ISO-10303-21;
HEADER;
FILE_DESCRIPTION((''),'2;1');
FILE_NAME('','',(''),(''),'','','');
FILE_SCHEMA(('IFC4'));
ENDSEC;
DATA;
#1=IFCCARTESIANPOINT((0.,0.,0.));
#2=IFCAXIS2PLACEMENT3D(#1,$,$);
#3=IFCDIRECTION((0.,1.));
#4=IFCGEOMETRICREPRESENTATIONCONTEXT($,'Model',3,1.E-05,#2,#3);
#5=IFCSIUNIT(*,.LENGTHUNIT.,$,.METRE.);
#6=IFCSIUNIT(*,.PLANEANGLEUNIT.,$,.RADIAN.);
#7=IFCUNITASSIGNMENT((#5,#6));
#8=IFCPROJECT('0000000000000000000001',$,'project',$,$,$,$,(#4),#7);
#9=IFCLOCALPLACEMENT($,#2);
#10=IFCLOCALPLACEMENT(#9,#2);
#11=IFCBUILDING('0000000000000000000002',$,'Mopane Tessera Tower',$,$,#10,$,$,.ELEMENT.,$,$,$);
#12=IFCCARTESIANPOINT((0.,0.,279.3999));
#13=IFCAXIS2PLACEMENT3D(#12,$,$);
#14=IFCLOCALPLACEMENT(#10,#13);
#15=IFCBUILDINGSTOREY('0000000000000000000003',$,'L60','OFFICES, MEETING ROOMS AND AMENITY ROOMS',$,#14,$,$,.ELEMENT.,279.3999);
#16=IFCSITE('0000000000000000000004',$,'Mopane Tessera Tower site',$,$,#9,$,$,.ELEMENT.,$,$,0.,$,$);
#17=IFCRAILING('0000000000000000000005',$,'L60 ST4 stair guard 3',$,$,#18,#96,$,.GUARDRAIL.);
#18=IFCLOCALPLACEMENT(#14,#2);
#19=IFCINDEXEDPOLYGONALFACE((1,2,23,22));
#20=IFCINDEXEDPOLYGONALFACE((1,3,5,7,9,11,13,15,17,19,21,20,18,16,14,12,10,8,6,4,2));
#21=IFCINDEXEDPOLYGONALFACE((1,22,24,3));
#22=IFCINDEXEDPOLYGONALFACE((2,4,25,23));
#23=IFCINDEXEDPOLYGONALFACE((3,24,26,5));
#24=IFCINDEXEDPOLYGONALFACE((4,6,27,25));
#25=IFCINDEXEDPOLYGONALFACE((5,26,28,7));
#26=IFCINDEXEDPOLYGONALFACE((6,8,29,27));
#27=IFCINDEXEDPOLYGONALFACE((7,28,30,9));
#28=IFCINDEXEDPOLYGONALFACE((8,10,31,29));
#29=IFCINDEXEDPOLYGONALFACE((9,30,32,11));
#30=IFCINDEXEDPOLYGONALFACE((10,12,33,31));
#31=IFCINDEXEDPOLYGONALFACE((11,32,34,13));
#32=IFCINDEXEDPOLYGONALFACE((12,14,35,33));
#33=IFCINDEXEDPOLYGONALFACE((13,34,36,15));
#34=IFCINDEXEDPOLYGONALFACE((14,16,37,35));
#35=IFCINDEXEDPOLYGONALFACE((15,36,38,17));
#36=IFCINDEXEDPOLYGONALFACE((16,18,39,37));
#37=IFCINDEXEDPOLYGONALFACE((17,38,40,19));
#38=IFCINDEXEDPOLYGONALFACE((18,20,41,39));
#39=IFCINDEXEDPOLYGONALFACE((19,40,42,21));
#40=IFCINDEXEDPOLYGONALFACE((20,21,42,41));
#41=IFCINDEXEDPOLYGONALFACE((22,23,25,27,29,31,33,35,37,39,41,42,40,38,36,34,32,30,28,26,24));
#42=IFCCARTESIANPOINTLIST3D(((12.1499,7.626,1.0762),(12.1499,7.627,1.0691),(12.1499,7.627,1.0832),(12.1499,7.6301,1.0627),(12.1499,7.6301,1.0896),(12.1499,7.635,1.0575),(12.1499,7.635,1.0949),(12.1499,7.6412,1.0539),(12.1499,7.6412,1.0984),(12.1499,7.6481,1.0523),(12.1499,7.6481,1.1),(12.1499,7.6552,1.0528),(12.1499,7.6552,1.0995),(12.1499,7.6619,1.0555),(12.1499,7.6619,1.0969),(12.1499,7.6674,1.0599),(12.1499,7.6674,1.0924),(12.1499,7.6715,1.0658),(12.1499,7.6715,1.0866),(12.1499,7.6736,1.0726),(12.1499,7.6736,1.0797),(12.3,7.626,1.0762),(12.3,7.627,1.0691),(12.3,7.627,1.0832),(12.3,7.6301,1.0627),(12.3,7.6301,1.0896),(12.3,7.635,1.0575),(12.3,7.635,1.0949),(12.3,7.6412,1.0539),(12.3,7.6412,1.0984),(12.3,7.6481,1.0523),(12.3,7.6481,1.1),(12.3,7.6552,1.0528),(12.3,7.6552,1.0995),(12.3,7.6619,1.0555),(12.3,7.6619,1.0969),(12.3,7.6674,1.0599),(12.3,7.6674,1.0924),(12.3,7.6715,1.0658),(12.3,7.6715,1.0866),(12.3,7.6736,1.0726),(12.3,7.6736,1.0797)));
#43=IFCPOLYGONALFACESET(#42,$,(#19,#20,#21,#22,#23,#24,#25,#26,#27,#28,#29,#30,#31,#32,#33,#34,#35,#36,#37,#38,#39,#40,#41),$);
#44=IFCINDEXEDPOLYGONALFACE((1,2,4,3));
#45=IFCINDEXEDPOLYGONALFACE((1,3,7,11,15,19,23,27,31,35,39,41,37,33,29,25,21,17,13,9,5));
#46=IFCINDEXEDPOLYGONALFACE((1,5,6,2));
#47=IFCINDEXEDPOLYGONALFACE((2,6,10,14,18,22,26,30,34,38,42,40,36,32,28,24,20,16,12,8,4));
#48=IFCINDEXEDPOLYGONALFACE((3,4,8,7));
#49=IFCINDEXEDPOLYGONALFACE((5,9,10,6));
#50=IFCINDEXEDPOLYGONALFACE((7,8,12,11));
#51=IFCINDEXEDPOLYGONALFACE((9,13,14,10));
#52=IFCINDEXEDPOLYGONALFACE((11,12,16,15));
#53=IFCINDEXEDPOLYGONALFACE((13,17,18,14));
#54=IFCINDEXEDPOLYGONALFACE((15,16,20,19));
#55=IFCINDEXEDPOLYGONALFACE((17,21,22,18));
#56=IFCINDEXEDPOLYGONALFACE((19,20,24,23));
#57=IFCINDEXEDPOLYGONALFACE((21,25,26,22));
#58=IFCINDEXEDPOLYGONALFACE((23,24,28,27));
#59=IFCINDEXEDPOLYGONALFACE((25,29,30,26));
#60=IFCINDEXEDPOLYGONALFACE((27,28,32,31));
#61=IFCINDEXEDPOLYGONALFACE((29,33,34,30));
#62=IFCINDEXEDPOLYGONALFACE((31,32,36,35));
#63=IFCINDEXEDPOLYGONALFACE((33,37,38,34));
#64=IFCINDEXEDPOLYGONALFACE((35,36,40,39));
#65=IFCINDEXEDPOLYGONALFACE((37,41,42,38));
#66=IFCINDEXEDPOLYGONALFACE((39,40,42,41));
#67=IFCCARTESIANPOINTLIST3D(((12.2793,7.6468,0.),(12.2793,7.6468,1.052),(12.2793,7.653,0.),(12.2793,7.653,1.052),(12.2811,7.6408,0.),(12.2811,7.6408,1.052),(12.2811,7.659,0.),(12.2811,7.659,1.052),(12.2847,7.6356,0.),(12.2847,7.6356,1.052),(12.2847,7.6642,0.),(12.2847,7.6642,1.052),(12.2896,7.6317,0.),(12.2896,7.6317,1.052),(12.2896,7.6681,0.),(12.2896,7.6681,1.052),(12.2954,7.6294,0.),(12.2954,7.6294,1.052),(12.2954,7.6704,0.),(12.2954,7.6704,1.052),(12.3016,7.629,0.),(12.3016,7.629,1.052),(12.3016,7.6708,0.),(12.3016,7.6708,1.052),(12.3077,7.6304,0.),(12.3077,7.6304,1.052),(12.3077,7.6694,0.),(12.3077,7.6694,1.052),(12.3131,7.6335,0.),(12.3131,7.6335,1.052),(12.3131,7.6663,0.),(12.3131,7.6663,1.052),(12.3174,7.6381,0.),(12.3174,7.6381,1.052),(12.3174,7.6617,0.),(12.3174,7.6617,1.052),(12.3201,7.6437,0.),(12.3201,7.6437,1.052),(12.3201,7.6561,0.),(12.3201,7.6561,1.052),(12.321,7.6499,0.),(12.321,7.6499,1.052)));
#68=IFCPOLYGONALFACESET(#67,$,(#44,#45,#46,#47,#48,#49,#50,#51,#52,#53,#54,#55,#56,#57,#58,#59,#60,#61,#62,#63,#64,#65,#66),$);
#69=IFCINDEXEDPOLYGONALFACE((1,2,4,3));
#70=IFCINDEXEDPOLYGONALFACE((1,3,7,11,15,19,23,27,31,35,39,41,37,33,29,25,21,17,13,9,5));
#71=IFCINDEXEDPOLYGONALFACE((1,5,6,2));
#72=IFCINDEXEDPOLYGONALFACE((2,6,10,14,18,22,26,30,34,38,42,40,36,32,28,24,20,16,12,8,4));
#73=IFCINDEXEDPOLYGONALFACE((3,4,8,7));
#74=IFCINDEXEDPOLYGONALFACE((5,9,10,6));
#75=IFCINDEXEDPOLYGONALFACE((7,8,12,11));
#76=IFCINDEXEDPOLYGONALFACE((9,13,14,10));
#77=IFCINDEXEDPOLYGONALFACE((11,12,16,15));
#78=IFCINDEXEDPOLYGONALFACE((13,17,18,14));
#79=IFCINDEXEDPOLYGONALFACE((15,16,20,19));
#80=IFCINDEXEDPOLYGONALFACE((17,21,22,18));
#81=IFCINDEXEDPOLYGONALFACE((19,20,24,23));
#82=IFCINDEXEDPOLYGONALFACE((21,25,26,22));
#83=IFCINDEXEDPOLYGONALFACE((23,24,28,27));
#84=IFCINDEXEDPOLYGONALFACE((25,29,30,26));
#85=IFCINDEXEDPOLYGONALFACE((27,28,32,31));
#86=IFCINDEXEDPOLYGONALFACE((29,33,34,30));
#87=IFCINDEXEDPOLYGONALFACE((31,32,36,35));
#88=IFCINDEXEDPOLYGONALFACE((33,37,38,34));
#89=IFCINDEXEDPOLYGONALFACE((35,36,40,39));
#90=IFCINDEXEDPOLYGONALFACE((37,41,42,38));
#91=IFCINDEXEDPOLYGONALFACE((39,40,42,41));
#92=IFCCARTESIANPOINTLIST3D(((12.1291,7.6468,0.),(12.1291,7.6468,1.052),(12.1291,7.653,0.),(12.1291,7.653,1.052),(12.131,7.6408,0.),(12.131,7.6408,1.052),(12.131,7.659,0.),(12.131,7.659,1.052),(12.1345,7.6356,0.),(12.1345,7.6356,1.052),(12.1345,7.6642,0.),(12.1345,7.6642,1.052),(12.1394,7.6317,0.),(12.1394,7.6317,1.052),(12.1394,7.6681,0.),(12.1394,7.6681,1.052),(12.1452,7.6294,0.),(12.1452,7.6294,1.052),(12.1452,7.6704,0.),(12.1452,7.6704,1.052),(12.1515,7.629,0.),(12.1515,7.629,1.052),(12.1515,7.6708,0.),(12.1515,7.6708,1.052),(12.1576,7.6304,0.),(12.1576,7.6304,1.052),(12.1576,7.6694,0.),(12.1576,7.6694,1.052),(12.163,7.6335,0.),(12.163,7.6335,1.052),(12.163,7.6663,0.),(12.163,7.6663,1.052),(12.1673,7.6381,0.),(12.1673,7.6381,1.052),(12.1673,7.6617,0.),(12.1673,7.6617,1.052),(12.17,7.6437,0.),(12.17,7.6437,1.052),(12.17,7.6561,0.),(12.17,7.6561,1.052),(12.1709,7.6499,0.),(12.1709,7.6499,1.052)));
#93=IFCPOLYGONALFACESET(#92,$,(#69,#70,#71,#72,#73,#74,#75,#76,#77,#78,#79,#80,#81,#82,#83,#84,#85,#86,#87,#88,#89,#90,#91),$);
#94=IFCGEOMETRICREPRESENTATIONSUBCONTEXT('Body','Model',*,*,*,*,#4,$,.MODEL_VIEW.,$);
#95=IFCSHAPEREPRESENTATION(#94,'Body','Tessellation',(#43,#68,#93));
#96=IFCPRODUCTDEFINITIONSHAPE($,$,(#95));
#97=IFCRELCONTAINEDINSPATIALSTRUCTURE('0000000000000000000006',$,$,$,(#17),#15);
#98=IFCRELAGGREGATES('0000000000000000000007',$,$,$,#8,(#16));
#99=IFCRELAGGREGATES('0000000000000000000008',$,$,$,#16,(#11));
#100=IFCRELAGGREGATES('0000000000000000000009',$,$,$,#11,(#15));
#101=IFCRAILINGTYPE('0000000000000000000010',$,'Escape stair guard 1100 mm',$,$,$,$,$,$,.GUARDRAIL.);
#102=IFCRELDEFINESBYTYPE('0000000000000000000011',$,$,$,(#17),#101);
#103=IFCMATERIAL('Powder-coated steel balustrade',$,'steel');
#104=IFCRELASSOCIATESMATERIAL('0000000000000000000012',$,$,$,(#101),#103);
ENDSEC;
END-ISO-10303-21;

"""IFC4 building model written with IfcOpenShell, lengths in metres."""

from ifc_helpers import new_model, si_unit, direction, frame, origin, origin_2d, place, context, subcontext, project, spatial, circle, extrude, material, type_object, element, save


model = new_model("IFC4")

# Units and contexts
model_context = context("Model", 3, precision=1e-05, world=origin(), true_north=direction((0.0, 1.0)))
body_context = subcontext(model_context, "Body", "Model", "MODEL_VIEW")
ifc_project = project(units=[si_unit("LENGTHUNIT", "METRE"), si_unit("PLANEANGLEUNIT", "RADIAN")], contexts=[model_context])

# Site, building, storey
site_placement = place(None, origin())
site = spatial("IfcSite", under=ifc_project, at=site_placement, Name="Mopane Tessera Tower site", CompositionType="ELEMENT", RefElevation=0.0)
building_placement = place(site_placement, origin())
building = spatial("IfcBuilding", under=site, at=building_placement, Name="Mopane Tessera Tower", CompositionType="ELEMENT")
storey_placement = place(building_placement, frame((0.0, 0.0, 279.3999)))
storey = spatial("IfcBuildingStorey", under=building, at=storey_placement, Name="L60", Description="OFFICES, MEETING ROOMS AND AMENITY ROOMS", CompositionType="ELEMENT", Elevation=279.3999)

# Railing
ifc_material_1 = material(Name="Powder-coated steel balustrade", Category="steel")
railing_type_1 = type_object("IfcRailingType", Name="Escape stair guard 1100 mm", PredefinedType="GUARDRAIL", material=ifc_material_1)
railing_1_placement = place(storey_placement, frame((12.3, 7.6499, 0.0)))
element("IfcRailing", 1, at=railing_1_placement, inside=storey, type_object=railing_type_1, Name="L60 ST4 stair guard 3", PredefinedType="GUARDRAIL", context=body_context, shape_type="SweptSolid", body=[
    extrude(circle(Radius=0.0239, at=origin_2d()), frame((0.0, 0.0, 1.0762), z_axis=(-1.0, 0.0, 0.0), x_axis=(0.0, -1.0, 0.0)), (0.0, 0.0, 1.0), 0.1501),
    extrude(circle(Radius=0.021, at=origin_2d()), origin(), (0.0, 0.0, 1.0), 1.052),
    extrude(circle(Radius=0.021, at=origin_2d()), frame((-0.1501, 0.0, 0.0)), (0.0, 0.0, 1.0), 1.052),
])

save(model, "model.ifc")
